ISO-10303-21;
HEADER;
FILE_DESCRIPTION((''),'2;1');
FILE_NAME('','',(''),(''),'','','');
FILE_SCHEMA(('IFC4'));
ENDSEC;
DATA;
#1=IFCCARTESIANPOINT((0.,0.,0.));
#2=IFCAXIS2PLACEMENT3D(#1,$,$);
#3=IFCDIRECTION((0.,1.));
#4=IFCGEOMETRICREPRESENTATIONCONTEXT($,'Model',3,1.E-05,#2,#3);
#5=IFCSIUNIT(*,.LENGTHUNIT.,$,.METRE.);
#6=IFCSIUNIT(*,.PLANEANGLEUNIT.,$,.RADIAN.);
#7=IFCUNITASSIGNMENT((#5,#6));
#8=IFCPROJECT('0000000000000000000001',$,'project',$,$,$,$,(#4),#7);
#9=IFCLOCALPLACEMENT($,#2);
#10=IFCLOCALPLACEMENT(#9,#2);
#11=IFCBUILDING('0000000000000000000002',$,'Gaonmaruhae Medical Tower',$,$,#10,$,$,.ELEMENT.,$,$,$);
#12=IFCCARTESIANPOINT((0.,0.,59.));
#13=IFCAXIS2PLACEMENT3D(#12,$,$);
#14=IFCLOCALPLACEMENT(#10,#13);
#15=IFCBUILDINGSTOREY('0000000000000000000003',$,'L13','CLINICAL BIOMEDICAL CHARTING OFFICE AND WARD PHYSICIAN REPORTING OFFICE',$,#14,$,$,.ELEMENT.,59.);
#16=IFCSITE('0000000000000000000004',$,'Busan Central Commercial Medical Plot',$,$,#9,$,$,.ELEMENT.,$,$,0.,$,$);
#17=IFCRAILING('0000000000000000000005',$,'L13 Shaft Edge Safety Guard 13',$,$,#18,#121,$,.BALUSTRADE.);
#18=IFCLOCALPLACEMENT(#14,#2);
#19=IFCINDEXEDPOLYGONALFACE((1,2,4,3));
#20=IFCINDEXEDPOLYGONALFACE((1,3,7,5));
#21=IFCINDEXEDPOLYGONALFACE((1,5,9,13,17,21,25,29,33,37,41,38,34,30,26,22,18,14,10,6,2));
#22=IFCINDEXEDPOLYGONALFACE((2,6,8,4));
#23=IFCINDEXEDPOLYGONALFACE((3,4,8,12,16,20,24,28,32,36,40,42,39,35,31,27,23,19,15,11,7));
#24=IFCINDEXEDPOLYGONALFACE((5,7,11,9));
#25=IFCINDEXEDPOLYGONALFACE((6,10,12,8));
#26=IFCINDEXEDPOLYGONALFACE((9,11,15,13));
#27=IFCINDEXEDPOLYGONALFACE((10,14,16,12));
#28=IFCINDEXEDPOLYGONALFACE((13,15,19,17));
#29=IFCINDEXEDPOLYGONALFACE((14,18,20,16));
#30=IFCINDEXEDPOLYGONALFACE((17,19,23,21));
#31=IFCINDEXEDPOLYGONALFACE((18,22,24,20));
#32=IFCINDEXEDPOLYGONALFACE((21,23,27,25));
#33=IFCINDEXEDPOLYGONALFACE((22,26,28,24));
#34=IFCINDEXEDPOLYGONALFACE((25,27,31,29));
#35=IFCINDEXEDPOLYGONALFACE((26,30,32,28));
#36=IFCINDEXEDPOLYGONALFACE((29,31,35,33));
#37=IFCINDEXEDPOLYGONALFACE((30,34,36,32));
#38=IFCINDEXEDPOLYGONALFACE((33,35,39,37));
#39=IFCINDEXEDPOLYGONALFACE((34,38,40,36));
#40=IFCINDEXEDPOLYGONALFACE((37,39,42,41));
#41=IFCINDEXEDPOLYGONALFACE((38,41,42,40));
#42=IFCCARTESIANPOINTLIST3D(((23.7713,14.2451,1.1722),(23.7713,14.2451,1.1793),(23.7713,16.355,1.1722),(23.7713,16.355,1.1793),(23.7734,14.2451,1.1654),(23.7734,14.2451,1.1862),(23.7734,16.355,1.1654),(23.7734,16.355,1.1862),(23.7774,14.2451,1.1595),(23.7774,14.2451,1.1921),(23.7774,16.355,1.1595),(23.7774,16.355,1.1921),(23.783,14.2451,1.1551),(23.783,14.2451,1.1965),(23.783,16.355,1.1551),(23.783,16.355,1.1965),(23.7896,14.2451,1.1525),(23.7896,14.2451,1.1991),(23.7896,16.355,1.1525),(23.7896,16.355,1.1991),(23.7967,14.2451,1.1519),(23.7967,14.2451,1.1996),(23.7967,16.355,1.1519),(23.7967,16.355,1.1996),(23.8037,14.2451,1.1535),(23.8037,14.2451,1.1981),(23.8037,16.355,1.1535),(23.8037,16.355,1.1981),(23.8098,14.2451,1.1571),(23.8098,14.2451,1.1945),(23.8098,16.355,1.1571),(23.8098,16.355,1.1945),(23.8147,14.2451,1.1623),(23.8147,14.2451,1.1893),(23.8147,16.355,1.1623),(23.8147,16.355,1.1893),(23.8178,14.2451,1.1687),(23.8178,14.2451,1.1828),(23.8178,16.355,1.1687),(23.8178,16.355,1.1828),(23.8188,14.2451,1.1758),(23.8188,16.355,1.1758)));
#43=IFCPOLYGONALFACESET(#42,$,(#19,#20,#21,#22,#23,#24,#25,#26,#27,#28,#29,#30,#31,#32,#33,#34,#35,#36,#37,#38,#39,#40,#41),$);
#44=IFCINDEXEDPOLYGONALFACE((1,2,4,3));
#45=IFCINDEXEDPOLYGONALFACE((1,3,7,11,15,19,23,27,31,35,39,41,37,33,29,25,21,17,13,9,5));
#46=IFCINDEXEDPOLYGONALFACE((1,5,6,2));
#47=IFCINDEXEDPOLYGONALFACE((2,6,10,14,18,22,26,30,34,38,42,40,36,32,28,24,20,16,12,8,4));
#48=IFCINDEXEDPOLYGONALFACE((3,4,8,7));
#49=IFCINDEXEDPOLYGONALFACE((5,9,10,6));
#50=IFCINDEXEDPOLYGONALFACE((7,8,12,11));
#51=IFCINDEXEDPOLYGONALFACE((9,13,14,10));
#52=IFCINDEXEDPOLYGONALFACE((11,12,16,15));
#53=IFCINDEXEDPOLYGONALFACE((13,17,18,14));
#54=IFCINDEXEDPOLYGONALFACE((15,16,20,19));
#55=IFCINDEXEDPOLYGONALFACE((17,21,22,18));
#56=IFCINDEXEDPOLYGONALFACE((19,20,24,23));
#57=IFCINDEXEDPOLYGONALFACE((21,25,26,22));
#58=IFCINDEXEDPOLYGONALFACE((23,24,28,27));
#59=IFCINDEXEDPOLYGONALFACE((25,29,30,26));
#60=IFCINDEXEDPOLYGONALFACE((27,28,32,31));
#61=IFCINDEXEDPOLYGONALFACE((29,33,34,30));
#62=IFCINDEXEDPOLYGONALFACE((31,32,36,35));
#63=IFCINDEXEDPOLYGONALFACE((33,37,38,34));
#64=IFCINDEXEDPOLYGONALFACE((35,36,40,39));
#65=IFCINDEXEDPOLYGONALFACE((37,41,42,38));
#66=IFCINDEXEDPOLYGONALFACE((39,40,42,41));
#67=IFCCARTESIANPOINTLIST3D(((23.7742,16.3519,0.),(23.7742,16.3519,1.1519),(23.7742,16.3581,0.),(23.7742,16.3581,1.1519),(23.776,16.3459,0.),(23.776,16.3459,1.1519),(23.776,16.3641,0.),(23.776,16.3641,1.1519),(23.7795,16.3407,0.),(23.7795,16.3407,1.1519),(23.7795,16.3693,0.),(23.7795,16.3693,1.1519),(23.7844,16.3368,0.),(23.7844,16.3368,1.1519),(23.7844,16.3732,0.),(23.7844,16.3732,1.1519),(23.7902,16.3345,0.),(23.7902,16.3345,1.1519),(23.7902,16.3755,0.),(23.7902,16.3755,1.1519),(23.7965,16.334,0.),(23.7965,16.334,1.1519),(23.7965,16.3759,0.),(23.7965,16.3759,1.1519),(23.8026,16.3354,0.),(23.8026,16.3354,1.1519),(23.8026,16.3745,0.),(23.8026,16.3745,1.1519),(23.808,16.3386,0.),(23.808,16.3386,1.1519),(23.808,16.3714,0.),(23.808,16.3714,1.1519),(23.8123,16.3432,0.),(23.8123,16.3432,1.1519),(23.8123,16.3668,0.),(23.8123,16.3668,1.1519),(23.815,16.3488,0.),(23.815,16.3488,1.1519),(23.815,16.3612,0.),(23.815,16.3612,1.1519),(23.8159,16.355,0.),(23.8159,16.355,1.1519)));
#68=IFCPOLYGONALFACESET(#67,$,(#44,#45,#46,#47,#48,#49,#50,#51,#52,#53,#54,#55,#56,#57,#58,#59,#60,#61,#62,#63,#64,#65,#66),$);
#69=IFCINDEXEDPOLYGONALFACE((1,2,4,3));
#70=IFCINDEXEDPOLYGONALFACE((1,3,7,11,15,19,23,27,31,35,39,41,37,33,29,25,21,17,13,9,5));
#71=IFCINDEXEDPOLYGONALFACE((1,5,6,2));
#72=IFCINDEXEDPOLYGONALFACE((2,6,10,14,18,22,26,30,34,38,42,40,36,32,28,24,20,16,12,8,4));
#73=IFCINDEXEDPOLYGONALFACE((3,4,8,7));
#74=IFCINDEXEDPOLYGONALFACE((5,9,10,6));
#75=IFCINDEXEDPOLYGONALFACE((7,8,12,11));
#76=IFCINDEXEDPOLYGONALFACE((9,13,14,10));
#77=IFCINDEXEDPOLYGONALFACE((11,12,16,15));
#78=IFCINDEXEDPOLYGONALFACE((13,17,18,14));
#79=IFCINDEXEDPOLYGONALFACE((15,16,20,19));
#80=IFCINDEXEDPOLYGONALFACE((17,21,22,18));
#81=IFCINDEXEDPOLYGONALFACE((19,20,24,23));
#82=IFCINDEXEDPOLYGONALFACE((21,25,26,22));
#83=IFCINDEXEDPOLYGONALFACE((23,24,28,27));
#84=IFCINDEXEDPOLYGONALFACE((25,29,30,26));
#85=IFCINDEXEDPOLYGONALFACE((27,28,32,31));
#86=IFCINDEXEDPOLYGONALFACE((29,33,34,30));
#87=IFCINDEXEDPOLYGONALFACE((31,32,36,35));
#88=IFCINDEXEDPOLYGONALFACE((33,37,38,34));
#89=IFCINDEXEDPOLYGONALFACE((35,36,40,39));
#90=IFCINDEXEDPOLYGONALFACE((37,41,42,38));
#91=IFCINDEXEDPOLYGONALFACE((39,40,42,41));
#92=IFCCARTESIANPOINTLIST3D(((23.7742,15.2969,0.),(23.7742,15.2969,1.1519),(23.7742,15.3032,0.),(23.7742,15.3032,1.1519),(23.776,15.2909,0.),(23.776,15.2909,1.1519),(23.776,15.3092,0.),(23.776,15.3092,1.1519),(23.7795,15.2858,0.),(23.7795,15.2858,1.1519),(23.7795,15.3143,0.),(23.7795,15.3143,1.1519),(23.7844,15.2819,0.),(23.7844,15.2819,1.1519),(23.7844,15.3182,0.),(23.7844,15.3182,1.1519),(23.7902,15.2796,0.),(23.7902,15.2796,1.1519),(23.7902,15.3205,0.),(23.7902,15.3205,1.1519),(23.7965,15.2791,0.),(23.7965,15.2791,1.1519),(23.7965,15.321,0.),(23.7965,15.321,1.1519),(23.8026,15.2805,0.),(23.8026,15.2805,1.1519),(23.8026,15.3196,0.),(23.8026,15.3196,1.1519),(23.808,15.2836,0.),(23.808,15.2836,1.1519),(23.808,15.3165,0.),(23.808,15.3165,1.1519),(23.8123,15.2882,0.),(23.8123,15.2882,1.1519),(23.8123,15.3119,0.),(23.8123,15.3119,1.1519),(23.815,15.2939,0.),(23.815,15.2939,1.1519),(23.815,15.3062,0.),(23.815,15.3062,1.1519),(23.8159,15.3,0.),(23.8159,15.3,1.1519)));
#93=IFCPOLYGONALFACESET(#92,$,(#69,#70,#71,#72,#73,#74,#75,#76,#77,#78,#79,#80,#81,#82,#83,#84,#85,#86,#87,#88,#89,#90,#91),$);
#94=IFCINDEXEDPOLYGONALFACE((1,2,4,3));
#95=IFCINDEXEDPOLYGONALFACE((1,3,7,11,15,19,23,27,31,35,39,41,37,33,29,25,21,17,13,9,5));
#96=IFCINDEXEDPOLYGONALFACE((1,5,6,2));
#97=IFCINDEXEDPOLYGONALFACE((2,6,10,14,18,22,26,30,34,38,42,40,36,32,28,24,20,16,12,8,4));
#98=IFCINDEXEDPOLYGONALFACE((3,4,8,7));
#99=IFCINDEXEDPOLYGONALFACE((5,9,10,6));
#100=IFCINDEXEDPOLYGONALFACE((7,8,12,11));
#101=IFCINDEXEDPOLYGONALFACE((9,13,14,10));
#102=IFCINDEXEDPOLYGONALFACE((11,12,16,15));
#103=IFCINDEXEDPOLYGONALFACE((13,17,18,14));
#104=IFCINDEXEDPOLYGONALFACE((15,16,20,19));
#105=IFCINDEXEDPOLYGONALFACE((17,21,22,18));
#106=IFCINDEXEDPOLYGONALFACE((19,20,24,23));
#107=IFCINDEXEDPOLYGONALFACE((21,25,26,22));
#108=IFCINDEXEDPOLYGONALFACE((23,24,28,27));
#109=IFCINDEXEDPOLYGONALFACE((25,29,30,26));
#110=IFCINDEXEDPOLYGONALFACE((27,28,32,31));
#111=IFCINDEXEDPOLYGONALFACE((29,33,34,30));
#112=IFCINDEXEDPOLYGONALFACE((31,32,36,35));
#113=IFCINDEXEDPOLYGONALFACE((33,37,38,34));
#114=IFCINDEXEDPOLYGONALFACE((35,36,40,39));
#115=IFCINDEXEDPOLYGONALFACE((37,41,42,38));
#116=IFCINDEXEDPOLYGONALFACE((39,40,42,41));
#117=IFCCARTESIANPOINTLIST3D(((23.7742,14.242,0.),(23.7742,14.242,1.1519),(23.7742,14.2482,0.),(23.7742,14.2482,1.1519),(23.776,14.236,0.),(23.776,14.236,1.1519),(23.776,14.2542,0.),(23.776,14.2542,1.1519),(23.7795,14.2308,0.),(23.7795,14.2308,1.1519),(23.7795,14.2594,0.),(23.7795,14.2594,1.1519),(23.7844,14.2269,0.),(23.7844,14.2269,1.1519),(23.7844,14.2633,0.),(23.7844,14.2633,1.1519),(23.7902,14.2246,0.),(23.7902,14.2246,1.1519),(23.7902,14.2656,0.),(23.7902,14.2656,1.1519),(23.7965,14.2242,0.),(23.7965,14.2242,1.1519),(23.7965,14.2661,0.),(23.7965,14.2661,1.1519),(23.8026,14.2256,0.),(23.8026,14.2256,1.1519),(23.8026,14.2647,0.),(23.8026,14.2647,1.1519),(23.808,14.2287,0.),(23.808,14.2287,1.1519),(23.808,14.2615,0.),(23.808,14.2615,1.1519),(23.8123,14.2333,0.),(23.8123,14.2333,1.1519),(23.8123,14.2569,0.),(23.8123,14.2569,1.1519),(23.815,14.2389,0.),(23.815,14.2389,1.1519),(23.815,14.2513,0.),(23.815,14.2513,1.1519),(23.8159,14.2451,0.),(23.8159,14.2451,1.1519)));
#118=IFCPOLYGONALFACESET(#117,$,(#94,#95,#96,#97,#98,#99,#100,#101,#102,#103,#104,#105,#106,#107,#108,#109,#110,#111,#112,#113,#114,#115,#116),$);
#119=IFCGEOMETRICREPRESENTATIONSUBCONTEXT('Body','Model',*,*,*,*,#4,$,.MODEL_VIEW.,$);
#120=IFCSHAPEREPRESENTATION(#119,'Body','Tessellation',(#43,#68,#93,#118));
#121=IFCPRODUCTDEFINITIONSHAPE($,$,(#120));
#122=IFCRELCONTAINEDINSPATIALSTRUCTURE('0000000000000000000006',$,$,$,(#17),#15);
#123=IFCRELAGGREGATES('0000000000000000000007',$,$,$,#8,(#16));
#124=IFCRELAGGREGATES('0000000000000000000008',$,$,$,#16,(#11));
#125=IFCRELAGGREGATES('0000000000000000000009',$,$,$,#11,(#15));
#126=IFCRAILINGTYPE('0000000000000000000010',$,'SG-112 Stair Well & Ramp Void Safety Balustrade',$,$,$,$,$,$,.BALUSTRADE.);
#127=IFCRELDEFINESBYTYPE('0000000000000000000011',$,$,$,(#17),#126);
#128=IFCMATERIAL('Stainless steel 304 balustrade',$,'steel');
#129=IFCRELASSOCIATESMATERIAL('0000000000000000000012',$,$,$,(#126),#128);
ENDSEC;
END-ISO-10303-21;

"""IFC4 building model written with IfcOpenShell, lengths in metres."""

from ifc_helpers import new_model, si_unit, direction, frame, origin, origin_2d, place, context, subcontext, project, spatial, circle, extrude, material, type_object, element, save


model = new_model("IFC4")

# Units and contexts
model_context = context("Model", 3, precision=1e-05, world=origin(), true_north=direction((0.0, 1.0)))
body_context = subcontext(model_context, "Body", "Model", "MODEL_VIEW")
ifc_project = project(units=[si_unit("LENGTHUNIT", "METRE"), si_unit("PLANEANGLEUNIT", "RADIAN")], contexts=[model_context])

# Site, building, storey
site_placement = place(None, origin())
site = spatial("IfcSite", under=ifc_project, at=site_placement, Name="Busan Central Commercial Medical Plot", CompositionType="ELEMENT", RefElevation=0.0)
building_placement = place(site_placement, origin())
building = spatial("IfcBuilding", under=site, at=building_placement, Name="Gaonmaruhae Medical Tower", CompositionType="ELEMENT")
storey_placement = place(building_placement, frame((0.0, 0.0, 59.0)))
storey = spatial("IfcBuildingStorey", under=building, at=storey_placement, Name="L13", Description="CLINICAL BIOMEDICAL CHARTING OFFICE AND WARD PHYSICIAN REPORTING OFFICE", CompositionType="ELEMENT", Elevation=59.0)

# Railing
ifc_material_1 = material(Name="Stainless steel 304 balustrade", Category="steel")
railing_type = type_object("IfcRailingType", Name="SG-112 Stair Well & Ramp Void Safety Balustrade", PredefinedType="BALUSTRADE", material=ifc_material_1)
railing_placement = place(storey_placement, frame((23.7949, 16.355, 0.0)))
element("IfcRailing", 1, at=railing_placement, inside=storey, type_object=railing_type, Name="L13 Shaft Edge Safety Guard 13", PredefinedType="BALUSTRADE", context=body_context, shape_type="SweptSolid", body=[
    extrude(circle(Radius=0.0239, at=origin_2d()), frame((0.0, 0.0, 1.1758), z_axis=(0.0, -1.0, 0.0), x_axis=(1.0, 0.0, 0.0)), (0.0, 0.0, 1.0), 2.1099),
    extrude(circle(Radius=0.021, at=origin_2d()), origin(), (0.0, 0.0, 1.0), 1.1519),
    extrude(circle(Radius=0.021, at=origin_2d()), frame((0.0, -1.0549, 0.0)), (0.0, 0.0, 1.0), 1.1519),
    extrude(circle(Radius=0.021, at=origin_2d()), frame((0.0, -2.1099, 0.0)), (0.0, 0.0, 1.0), 1.1519),
])

save(model, "model.ifc")
